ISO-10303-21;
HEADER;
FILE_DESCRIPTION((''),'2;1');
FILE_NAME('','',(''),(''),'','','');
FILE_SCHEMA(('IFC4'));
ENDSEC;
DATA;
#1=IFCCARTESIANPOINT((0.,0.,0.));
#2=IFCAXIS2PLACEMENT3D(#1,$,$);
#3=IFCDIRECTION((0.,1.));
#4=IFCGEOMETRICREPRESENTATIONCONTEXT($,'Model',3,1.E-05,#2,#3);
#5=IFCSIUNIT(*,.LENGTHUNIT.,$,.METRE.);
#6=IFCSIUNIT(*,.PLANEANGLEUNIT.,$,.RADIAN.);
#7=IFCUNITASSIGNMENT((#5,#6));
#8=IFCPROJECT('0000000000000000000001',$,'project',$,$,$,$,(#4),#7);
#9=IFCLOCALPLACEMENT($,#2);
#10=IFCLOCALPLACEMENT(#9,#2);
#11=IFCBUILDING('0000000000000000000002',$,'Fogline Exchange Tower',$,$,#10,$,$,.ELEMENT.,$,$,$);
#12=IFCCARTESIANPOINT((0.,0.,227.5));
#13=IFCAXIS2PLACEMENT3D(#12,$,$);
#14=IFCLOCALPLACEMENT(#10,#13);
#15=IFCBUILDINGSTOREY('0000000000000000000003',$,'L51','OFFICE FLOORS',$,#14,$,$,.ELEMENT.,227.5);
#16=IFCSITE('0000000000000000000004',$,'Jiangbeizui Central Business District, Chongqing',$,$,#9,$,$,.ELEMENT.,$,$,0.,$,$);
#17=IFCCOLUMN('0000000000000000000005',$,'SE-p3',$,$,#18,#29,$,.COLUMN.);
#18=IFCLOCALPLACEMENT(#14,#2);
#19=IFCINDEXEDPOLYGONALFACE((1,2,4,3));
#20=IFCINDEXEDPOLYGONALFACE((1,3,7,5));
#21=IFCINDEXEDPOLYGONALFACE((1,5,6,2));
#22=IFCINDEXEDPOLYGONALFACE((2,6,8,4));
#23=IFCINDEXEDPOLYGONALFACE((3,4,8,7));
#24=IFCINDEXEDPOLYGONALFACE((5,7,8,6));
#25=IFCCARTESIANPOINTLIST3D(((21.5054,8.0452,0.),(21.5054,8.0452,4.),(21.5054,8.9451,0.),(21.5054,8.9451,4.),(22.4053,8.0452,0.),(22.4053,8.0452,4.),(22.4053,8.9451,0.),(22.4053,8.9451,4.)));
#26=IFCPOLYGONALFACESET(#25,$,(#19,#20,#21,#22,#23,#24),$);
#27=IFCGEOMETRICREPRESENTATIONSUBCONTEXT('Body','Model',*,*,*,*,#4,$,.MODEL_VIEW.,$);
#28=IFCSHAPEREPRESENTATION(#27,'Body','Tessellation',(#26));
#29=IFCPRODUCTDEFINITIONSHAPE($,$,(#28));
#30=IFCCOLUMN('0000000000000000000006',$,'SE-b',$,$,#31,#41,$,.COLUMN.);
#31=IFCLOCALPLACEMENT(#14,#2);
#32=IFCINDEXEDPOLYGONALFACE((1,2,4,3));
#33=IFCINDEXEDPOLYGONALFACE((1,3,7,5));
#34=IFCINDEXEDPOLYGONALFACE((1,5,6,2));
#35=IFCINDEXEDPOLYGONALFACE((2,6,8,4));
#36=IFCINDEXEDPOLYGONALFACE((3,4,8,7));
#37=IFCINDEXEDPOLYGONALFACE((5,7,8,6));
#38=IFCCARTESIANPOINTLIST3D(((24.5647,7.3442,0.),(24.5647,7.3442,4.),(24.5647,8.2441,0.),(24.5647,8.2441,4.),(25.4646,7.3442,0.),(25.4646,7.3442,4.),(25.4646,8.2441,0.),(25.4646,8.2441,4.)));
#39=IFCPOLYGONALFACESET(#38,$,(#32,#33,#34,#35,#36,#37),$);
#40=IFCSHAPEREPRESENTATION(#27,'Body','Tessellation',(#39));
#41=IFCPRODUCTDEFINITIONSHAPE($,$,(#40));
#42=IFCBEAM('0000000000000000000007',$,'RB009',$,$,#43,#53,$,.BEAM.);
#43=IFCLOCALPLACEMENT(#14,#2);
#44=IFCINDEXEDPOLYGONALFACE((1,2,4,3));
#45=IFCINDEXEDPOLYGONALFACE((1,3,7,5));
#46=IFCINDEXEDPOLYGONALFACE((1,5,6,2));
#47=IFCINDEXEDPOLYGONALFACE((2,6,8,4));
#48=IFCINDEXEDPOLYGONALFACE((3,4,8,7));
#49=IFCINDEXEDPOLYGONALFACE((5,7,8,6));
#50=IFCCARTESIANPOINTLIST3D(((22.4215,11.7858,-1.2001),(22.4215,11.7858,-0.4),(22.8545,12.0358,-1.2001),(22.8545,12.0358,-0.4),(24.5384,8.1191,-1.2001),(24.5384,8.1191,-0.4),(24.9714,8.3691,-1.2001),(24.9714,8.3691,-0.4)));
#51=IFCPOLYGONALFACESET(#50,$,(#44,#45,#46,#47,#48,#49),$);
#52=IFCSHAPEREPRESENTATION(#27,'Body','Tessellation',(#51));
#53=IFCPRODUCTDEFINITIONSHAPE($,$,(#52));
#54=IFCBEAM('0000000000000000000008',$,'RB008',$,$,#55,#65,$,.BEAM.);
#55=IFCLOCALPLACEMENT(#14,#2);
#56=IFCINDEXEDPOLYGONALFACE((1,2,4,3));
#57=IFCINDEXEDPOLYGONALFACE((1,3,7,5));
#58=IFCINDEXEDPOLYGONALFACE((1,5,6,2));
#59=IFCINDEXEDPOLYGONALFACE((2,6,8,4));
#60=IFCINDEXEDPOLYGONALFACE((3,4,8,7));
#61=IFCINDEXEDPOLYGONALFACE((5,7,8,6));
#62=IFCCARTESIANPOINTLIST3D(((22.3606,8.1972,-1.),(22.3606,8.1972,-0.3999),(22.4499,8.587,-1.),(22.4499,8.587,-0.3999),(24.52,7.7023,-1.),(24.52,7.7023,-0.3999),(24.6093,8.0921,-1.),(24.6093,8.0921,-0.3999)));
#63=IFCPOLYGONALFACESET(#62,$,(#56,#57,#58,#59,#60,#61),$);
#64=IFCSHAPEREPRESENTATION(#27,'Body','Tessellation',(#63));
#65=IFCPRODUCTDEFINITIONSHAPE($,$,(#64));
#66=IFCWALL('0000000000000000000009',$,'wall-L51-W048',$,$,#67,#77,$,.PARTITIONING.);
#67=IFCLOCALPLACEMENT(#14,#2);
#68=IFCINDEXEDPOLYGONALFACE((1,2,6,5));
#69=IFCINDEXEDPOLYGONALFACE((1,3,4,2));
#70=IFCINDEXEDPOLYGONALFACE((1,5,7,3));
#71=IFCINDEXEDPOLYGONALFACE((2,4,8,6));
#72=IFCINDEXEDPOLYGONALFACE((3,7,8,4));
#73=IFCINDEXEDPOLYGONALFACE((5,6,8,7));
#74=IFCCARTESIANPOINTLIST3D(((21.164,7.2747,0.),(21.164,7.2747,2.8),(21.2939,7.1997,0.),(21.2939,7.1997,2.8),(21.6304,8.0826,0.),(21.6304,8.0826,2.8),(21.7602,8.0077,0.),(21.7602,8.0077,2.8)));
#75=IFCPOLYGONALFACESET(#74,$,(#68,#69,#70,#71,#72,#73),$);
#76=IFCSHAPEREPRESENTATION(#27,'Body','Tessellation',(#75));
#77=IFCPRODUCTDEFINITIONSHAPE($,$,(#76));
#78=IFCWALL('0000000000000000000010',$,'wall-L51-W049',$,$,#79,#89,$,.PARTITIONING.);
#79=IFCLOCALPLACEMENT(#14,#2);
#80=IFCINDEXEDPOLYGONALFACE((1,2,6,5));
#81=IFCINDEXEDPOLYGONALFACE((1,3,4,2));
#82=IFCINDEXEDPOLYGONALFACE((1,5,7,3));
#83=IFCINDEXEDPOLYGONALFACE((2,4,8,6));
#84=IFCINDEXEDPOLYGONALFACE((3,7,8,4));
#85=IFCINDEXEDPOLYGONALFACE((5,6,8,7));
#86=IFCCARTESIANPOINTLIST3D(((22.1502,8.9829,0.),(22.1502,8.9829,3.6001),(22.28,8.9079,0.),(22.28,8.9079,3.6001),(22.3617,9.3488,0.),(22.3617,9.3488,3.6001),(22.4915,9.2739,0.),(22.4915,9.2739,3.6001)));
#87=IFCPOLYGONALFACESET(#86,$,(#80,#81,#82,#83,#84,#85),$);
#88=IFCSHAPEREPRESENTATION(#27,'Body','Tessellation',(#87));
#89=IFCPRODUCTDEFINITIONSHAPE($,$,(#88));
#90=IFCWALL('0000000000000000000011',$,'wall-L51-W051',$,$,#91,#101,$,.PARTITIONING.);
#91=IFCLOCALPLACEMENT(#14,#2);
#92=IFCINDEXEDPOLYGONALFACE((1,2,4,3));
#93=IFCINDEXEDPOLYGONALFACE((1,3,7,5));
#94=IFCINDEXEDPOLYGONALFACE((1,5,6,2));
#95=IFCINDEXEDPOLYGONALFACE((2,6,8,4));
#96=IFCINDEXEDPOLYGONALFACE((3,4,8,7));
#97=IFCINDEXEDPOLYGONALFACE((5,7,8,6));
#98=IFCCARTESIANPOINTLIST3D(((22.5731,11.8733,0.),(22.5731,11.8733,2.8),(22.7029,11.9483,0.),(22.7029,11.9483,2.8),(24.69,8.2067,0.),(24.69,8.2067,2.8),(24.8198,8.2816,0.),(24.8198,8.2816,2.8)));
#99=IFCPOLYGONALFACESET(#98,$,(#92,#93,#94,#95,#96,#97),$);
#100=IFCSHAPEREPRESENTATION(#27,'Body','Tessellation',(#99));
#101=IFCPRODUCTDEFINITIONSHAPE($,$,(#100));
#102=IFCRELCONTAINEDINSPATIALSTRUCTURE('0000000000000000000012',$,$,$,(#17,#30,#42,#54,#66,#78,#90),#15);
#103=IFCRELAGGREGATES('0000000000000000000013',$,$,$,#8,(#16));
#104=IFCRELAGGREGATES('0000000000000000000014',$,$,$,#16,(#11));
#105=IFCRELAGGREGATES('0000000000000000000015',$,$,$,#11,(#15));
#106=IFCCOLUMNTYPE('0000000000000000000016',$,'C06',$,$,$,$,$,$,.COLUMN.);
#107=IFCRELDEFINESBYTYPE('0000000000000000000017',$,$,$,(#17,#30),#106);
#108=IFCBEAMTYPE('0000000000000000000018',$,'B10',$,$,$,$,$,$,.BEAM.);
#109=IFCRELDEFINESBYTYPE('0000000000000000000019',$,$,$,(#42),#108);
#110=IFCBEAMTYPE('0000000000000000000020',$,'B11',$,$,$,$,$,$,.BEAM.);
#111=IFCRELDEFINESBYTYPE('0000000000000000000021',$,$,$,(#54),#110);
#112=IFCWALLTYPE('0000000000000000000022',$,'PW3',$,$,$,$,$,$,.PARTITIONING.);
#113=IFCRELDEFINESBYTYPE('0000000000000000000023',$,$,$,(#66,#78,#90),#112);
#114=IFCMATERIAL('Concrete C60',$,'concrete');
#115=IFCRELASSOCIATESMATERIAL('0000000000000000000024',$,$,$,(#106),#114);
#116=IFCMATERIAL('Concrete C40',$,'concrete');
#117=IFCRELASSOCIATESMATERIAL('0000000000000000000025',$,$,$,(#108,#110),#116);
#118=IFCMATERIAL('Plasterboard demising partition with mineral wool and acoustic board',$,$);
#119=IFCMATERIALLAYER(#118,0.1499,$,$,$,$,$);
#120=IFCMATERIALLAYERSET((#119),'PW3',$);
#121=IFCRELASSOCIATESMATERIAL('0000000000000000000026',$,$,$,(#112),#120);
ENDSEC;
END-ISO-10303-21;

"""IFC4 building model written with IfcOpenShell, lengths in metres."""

from ifc_helpers import new_model, si_unit, direction, frame, frame_2d, origin, origin_2d, place, context, subcontext, project, spatial, rectangle, extrude, material, layer, layer_set, material_profile, profile_set, type_object, element, save


model = new_model("IFC4")

# Units and contexts
model_context = context("Model", 3, precision=1e-05, world=origin(), true_north=direction((0.0, 1.0)))
body_context = subcontext(model_context, "Body", "Model", "MODEL_VIEW")
ifc_project = project(units=[si_unit("LENGTHUNIT", "METRE"), si_unit("PLANEANGLEUNIT", "RADIAN")], contexts=[model_context])

# Site, building, storey
site_placement = place(None, origin())
site = spatial("IfcSite", under=ifc_project, at=site_placement, Name="Jiangbeizui Central Business District, Chongqing", CompositionType="ELEMENT", RefElevation=0.0)
building_placement = place(site_placement, origin())
building = spatial("IfcBuilding", under=site, at=building_placement, Name="Fogline Exchange Tower", CompositionType="ELEMENT")
storey_placement = place(building_placement, frame((0.0, 0.0, 227.5)))
storey = spatial("IfcBuildingStorey", under=building, at=storey_placement, Name="L51", Description="OFFICE FLOORS", CompositionType="ELEMENT", Elevation=227.5)

# Columns
ifc_material_1 = material(Name="Concrete C60", Category="concrete")
ifc_material_profile_1 = material_profile(ifc_material_1, rectangle(XDim=0.8999, YDim=0.8999, at=origin_2d()), Name="RC 900x900")
ifc_profile_set_1 = profile_set([ifc_material_profile_1], Name="Concrete C60")
column_type = type_object("IfcColumnType", Name="C06", PredefinedType="COLUMN", material=ifc_profile_set_1)
for number, where, z_axis, x_axis, name in (
    (1, (21.9553, 8.4951, 0.0), (0.0, 0.0, 1.0), (1.0, 0.0, 0.0), "SE-p3"),
    (2, (25.0146, 7.7942, 0.0), (0.0, 0.0, 1.0), (1.0, 0.0, 0.0), "SE-b"),
):
    element("IfcColumn", number, at=place(storey_placement, frame(where, z_axis=z_axis, x_axis=x_axis)), inside=storey, type_object=column_type, Name=name, PredefinedType="COLUMN", context=body_context, shape_type="SweptSolid", body=[
        extrude(rectangle(XDim=0.8999, YDim=0.8999, at=origin_2d()), origin(), (0.0, 0.0, 1.0), 4.0),
    ])

# Beams
ifc_material_2 = material(Name="Concrete C40", Category="concrete")
ifc_material_profile_2 = material_profile(ifc_material_2, rectangle(XDim=0.5, YDim=0.8, at=origin_2d()), Name="RC 500x800")
ifc_profile_set_2 = profile_set([ifc_material_profile_2], Name="Concrete C40")
beam_type_1 = type_object("IfcBeamType", Name="B10", PredefinedType="BEAM", material=ifc_profile_set_2)
beam_1_placement = place(storey_placement, frame((24.7549, 8.2441, -0.8), z_axis=(-0.49999, 0.866031, 0.0), x_axis=(-0.866031, -0.49999, 0.0)))
element("IfcBeam", 3, at=beam_1_placement, inside=storey, type_object=beam_type_1, Name="RB009", PredefinedType="BEAM", context=body_context, shape_type="SweptSolid", body=[
    extrude(rectangle(XDim=0.5, YDim=0.8, at=origin_2d()), origin(), (0.0, 0.0, 1.0), 4.2339),
])
ifc_material_profile_3 = material_profile(ifc_material_2, rectangle(XDim=0.3999, YDim=0.6001, at=origin_2d()), Name="RC 400x600")
ifc_profile_set_3 = profile_set([ifc_material_profile_3], Name="Concrete C40")
beam_type_2 = type_object("IfcBeamType", Name="B11", PredefinedType="BEAM", material=ifc_profile_set_3)
beam_2_placement = place(storey_placement, frame((22.4053, 8.3921, -0.7), z_axis=(0.974732, -0.223378, 0.0), x_axis=(0.223378, 0.974732, 0.0)))
element("IfcBeam", 4, at=beam_2_placement, inside=storey, type_object=beam_type_2, Name="RB008", PredefinedType="BEAM", context=body_context, shape_type="SweptSolid", body=[
    extrude(rectangle(XDim=0.3999, YDim=0.6001, at=origin_2d()), origin(), (0.0, 0.0, 1.0), 2.2153),
])

# Walls
ifc_material_3 = material(Name="Plasterboard demising partition with mineral wool and acoustic board")
ifc_layer_1 = layer(ifc_material_3, 0.1499)
ifc_layer_set_1 = layer_set([ifc_layer_1], Name="PW3")
wall_type_1 = type_object("IfcWallType", Name="PW3", PredefinedType="PARTITIONING", material=ifc_layer_set_1)
wall_1_placement = place(storey_placement, frame((21.229, 7.2373, 0.0), z_axis=(0.0, 0.0, 1.0), x_axis=(0.499911, 0.866077, 0.0)))
element("IfcWall", 5, at=wall_1_placement, inside=storey, type_object=wall_type_1, Name="wall-L51-W048", PredefinedType="PARTITIONING", context=body_context, shape_type="SweptSolid", body=[
    extrude(rectangle(XDim=0.9329, YDim=0.1499, at=frame_2d((0.4663, 0.0))), origin(), (0.0, 0.0, 1.0), 2.8),
])
wall_2_placement = place(storey_placement, frame((22.2151, 8.9453, 0.0), z_axis=(0.0, 0.0, 1.0), x_axis=(0.500239, 0.865887, 0.0)))
element("IfcWall", 6, at=wall_2_placement, inside=storey, type_object=wall_type_1, Name="wall-L51-W049", PredefinedType="PARTITIONING", context=body_context, shape_type="SweptSolid", body=[
    extrude(rectangle(XDim=0.4226, YDim=0.1499, at=frame_2d((0.2114, 0.0))), origin(), (0.0, 0.0, 1.0), 3.6001),
])
wall_3_placement = place(storey_placement, frame((24.7549, 8.2441, 0.0), z_axis=(0.0, 0.0, 1.0), x_axis=(-0.49999, 0.866031, 0.0)))
element("IfcWall", 7, at=wall_3_placement, inside=storey, type_object=wall_type_1, Name="wall-L51-W051", PredefinedType="PARTITIONING", context=body_context, shape_type="SweptSolid", body=[
    extrude(rectangle(XDim=4.2339, YDim=0.1499, at=frame_2d((2.1169, 0.0))), origin(), (0.0, 0.0, 1.0), 2.8),
])

save(model, "model.ifc")
